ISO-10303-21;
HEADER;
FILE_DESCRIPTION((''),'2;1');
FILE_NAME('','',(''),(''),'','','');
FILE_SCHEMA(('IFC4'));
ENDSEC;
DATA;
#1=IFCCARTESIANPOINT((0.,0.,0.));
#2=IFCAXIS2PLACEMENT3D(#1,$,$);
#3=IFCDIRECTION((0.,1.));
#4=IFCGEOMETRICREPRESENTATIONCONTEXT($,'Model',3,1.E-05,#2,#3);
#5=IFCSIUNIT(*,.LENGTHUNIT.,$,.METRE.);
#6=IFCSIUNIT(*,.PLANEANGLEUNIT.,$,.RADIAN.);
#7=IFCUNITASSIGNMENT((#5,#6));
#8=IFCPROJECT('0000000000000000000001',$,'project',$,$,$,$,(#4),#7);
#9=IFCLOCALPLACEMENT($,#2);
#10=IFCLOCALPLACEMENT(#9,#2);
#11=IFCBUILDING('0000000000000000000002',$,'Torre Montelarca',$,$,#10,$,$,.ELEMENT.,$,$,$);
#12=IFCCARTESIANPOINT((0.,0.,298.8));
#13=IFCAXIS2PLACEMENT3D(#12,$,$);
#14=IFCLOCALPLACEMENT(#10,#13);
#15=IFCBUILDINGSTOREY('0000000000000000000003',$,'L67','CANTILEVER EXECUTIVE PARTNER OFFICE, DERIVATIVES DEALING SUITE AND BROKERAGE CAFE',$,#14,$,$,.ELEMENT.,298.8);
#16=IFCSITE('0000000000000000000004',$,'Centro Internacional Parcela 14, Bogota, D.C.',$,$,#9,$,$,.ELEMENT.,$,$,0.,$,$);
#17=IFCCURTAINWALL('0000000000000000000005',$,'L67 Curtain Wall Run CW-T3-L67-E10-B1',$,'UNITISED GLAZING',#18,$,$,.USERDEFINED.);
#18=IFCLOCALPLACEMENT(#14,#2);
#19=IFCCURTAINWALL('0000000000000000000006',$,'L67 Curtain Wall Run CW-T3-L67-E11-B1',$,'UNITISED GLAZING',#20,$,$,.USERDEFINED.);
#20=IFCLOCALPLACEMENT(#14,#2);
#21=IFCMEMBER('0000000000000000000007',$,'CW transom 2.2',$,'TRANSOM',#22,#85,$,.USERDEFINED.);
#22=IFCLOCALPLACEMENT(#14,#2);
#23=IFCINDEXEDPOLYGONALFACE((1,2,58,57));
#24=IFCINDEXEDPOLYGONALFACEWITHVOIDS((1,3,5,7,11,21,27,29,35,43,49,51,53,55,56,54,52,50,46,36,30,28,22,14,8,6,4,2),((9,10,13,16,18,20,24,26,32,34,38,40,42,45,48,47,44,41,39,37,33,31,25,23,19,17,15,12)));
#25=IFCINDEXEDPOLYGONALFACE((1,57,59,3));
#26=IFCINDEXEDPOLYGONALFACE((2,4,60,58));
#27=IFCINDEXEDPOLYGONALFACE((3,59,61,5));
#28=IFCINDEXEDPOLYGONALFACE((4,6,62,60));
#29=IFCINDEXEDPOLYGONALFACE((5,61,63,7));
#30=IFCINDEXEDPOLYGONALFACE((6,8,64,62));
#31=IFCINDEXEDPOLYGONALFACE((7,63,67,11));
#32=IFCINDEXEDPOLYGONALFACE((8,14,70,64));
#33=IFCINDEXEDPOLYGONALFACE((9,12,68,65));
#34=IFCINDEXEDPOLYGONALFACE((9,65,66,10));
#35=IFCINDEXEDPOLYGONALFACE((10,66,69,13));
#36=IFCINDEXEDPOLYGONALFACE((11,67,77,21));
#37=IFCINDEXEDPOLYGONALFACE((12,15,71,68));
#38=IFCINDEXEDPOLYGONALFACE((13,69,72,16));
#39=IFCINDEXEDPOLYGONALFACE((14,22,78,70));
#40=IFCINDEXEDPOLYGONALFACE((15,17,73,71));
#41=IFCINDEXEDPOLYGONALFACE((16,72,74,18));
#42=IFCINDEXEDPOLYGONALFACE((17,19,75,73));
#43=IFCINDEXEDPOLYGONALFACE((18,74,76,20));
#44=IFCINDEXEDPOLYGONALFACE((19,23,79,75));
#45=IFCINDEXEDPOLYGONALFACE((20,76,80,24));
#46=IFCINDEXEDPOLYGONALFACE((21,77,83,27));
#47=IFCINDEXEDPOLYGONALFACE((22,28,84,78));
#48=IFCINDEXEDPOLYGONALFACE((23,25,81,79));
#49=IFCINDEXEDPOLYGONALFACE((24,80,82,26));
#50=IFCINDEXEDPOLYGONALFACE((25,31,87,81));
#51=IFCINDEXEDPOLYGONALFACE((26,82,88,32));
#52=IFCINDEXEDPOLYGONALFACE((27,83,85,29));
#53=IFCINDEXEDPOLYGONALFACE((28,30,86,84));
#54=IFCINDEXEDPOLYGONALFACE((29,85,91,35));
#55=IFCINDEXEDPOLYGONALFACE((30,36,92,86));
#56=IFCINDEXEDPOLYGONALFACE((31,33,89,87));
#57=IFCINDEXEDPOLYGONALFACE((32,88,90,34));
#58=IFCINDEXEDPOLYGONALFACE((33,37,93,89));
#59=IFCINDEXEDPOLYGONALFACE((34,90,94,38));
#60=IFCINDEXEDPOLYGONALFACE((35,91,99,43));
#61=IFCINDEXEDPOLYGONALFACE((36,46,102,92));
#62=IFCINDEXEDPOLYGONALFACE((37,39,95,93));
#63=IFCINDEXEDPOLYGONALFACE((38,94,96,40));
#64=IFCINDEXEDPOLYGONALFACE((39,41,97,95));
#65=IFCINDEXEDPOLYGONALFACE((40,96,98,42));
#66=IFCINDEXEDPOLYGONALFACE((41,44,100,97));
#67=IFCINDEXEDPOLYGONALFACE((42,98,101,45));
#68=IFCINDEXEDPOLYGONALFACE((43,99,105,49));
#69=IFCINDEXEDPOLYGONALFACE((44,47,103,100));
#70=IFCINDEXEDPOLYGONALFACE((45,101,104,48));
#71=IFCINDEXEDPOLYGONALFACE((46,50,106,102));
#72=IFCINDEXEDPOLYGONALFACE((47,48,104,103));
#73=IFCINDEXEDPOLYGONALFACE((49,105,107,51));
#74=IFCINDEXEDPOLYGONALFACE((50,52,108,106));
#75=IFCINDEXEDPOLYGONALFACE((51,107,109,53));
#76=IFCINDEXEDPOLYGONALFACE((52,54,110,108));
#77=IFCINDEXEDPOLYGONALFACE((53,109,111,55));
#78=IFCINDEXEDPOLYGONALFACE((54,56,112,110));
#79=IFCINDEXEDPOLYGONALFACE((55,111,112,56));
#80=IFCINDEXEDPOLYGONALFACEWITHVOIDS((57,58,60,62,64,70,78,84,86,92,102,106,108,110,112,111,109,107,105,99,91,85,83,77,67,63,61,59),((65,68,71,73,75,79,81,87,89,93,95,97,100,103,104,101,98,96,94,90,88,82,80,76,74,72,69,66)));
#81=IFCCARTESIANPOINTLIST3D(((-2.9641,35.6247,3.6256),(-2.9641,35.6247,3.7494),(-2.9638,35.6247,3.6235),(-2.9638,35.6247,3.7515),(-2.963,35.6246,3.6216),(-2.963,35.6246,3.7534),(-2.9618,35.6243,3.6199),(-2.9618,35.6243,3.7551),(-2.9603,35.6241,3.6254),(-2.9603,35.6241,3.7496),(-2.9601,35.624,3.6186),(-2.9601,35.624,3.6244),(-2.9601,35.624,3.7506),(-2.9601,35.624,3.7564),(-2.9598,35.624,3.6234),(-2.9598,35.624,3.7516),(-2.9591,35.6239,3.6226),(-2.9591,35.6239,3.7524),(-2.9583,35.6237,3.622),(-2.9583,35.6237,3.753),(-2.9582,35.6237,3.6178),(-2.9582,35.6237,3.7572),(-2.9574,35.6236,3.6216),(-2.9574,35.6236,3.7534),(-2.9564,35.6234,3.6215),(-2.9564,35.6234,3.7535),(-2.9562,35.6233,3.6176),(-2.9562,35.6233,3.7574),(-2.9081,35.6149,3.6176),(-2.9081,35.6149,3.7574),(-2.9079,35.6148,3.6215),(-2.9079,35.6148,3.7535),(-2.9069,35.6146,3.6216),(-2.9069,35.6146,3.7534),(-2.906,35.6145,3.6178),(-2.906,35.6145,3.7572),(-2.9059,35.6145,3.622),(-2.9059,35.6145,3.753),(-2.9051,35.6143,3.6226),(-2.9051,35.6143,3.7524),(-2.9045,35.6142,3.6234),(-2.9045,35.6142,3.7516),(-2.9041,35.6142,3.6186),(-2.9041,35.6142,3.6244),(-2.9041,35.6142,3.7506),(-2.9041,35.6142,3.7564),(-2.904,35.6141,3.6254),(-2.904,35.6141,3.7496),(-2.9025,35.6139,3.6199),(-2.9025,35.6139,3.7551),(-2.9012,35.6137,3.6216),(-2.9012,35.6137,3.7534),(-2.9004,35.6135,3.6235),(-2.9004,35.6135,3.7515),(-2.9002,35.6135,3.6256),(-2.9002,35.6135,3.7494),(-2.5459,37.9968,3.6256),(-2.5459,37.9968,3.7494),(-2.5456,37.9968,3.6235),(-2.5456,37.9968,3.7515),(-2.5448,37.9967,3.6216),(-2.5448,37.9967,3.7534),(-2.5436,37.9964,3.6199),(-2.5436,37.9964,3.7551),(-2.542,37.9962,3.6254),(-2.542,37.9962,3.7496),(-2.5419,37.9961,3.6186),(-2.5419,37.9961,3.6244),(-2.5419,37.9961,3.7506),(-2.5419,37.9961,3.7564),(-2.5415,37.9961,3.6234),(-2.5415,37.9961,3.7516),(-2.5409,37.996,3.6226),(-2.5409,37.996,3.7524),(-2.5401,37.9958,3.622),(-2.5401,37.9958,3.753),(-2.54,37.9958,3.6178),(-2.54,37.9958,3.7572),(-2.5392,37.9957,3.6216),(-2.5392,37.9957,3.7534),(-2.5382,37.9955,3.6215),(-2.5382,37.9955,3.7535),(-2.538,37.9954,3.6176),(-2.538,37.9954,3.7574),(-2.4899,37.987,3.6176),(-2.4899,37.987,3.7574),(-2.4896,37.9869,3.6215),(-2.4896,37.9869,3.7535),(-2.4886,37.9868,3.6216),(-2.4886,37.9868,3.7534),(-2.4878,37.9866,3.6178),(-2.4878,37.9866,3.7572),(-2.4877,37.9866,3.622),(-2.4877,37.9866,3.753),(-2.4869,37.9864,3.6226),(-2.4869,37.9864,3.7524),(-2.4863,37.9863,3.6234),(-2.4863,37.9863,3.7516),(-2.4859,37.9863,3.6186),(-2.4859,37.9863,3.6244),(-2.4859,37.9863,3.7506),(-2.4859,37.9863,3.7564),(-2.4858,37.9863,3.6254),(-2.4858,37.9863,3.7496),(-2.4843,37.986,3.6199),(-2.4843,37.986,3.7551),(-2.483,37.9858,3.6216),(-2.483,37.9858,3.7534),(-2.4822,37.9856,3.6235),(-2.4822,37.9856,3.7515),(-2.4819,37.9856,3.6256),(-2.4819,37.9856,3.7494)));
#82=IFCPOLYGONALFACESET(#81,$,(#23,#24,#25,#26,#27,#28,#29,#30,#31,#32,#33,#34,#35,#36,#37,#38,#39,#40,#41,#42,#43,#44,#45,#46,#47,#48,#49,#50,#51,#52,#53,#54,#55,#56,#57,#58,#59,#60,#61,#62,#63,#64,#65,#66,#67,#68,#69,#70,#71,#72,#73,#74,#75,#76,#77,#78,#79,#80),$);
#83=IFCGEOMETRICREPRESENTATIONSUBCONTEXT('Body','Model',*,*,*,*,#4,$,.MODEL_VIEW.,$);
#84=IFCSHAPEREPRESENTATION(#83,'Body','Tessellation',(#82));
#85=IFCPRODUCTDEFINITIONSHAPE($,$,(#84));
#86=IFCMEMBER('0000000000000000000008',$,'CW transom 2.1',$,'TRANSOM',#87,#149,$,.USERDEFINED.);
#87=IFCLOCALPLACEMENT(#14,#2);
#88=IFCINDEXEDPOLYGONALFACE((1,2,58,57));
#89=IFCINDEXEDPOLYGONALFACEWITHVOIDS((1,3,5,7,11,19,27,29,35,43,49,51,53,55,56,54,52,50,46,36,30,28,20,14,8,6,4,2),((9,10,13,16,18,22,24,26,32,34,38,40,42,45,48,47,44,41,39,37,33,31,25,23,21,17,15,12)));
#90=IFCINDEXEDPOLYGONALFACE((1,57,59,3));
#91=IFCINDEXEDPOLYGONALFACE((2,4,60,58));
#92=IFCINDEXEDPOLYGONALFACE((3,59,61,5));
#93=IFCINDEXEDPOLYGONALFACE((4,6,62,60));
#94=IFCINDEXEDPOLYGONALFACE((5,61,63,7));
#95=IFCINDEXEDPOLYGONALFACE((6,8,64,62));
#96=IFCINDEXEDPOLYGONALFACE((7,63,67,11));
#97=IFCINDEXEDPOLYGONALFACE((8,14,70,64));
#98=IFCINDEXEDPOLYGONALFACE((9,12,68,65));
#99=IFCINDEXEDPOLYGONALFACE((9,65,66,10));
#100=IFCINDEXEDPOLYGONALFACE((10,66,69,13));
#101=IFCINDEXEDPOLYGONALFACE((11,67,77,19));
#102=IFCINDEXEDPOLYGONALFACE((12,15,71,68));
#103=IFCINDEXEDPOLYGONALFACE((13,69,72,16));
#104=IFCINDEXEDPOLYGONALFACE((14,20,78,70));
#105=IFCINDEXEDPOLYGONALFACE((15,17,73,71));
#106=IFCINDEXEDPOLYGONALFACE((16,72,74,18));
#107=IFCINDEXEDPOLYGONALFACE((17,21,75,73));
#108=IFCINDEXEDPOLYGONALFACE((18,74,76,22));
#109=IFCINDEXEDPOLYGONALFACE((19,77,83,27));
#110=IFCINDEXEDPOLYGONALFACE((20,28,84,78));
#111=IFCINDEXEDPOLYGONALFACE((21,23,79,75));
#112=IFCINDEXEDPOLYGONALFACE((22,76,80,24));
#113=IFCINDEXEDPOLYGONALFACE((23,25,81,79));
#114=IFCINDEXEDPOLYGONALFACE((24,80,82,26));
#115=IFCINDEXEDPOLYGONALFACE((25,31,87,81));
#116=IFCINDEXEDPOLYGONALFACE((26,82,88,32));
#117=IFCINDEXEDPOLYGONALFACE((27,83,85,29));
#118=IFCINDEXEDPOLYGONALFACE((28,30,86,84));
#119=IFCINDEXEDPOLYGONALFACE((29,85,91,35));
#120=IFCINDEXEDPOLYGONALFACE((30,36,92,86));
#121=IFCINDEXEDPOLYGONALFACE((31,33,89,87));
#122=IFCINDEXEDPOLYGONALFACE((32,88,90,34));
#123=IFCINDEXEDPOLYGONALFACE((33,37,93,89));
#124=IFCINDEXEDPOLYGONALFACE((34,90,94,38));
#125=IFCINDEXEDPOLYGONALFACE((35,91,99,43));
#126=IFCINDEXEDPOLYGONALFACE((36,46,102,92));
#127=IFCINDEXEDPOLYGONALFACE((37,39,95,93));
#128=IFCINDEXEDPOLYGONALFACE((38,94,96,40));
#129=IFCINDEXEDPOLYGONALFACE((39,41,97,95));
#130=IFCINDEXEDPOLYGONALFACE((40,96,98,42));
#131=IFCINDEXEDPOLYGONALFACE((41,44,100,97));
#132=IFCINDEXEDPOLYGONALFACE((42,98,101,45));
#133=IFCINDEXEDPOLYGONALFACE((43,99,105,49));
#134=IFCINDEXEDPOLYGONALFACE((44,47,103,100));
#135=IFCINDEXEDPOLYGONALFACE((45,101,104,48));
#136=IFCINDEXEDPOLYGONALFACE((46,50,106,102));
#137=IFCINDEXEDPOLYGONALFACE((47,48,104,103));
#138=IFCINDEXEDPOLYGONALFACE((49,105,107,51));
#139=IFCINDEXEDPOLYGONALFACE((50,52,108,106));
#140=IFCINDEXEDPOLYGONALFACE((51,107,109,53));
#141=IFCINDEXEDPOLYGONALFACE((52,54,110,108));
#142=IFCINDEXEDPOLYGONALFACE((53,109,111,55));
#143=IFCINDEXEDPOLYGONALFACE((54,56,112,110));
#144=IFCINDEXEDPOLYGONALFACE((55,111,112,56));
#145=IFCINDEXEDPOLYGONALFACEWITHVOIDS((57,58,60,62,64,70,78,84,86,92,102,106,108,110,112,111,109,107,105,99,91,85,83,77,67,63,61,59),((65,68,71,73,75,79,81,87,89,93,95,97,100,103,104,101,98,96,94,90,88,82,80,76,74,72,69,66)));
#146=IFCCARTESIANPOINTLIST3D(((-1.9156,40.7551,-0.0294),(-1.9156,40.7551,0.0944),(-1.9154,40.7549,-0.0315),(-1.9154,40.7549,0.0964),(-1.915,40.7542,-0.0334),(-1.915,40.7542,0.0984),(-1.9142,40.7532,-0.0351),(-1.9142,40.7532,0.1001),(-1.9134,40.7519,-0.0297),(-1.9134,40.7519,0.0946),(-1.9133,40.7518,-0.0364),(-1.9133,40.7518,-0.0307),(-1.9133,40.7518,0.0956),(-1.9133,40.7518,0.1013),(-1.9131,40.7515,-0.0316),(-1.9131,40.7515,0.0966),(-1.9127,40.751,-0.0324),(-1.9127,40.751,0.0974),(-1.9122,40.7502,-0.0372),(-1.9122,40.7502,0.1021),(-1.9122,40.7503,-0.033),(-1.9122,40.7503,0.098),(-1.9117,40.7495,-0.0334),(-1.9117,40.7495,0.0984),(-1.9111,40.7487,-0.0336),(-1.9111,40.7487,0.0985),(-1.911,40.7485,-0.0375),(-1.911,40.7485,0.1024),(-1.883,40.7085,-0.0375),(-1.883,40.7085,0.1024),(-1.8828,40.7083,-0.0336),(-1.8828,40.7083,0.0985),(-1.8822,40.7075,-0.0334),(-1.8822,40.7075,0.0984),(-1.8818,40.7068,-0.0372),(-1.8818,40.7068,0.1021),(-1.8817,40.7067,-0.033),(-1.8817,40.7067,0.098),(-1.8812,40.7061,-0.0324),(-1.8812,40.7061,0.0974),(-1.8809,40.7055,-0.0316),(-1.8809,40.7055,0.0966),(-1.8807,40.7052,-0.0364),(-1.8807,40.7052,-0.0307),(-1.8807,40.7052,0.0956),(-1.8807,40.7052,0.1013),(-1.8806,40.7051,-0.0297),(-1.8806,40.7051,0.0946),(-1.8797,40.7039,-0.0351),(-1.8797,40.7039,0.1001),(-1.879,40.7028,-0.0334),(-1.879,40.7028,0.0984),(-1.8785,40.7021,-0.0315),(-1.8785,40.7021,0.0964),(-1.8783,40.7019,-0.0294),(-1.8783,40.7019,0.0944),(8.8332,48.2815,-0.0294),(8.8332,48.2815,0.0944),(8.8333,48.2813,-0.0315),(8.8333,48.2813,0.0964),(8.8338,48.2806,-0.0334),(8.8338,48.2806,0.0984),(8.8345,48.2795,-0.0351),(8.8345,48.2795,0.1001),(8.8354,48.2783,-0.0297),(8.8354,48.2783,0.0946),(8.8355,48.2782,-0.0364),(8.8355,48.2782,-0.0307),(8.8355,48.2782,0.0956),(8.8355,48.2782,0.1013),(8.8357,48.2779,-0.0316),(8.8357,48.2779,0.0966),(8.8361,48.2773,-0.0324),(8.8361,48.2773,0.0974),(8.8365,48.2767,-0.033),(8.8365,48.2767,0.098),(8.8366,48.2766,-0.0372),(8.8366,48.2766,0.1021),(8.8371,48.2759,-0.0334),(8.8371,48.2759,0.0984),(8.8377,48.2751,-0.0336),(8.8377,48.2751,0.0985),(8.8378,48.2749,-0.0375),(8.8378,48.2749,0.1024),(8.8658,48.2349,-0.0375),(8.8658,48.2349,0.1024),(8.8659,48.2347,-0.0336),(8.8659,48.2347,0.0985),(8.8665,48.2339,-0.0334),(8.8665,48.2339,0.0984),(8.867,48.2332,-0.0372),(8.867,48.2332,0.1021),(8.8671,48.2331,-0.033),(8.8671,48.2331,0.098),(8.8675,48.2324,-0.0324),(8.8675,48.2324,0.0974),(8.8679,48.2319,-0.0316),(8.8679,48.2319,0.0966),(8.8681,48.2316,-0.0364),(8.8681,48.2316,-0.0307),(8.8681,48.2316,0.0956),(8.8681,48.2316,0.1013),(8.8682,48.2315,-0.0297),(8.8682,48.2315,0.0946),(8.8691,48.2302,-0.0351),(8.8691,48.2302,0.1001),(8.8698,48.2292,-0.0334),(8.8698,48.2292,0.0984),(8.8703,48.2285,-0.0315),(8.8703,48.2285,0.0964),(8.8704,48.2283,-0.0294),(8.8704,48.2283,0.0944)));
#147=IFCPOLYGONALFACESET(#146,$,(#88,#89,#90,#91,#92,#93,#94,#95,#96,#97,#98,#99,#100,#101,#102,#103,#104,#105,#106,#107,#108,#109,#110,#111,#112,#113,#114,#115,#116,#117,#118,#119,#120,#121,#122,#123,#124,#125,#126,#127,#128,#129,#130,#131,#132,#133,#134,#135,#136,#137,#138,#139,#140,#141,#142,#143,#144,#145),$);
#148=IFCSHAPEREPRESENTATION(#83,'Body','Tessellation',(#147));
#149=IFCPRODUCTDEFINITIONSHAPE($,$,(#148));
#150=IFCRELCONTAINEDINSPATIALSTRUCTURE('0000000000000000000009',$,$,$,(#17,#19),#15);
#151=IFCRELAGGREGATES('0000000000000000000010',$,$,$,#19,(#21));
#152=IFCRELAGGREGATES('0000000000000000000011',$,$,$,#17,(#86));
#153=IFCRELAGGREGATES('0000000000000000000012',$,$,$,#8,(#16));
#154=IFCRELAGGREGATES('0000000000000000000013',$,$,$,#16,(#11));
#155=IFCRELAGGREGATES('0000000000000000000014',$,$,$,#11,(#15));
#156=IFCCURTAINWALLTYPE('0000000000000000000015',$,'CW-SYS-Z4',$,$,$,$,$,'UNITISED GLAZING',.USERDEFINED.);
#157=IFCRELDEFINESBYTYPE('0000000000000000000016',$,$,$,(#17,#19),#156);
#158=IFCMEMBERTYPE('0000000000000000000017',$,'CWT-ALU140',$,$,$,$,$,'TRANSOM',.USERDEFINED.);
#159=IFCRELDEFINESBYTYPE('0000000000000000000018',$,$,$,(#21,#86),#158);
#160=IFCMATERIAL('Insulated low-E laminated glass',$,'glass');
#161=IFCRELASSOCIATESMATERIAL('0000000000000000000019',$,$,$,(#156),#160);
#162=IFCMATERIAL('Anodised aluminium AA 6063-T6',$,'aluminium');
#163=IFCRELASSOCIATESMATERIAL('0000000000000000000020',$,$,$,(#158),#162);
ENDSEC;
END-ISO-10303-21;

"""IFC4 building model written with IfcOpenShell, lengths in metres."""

from ifc_helpers import new_model, si_unit, direction, frame, origin, origin_2d, place, context, subcontext, project, spatial, hollow_rectangle, extrude, source, transform, mapped, material, material_profile, profile_set, type_object, element, aggregate, save


model = new_model("IFC4")

# Units and contexts
model_context = context("Model", 3, precision=1e-05, world=origin(), true_north=direction((0.0, 1.0)))
body_context = subcontext(model_context, "Body", "Model", "MODEL_VIEW")
ifc_project = project(units=[si_unit("LENGTHUNIT", "METRE"), si_unit("PLANEANGLEUNIT", "RADIAN")], contexts=[model_context])

# Site, building, storey
site_placement = place(None, origin())
site = spatial("IfcSite", under=ifc_project, at=site_placement, Name="Centro Internacional Parcela 14, Bogota, D.C.", CompositionType="ELEMENT", RefElevation=0.0)
building_placement = place(site_placement, origin())
building = spatial("IfcBuilding", under=site, at=building_placement, Name="Torre Montelarca", CompositionType="ELEMENT")
storey_placement = place(building_placement, frame((0.0, 0.0, 298.8)))
storey = spatial("IfcBuildingStorey", under=building, at=storey_placement, Name="L67", Description="CANTILEVER EXECUTIVE PARTNER OFFICE, DERIVATIVES DEALING SUITE AND BROKERAGE CAFE", CompositionType="ELEMENT", Elevation=298.8)

# Curtain walls, member
ifc_material_1 = material(Name="Insulated low-E laminated glass", Category="glass")
curtain_wall_type = type_object("IfcCurtainWallType", Name="CW-SYS-Z4", ElementType="UNITISED GLAZING", PredefinedType="USERDEFINED", material=ifc_material_1)
curtain_wall_1_placement = place(storey_placement, origin())
curtain_wall_1 = element("IfcCurtainWall", 1, at=curtain_wall_1_placement, inside=storey, type_object=curtain_wall_type, Name="L67 Curtain Wall Run CW-T3-L67-E10-B1", ObjectType="UNITISED GLAZING", PredefinedType="USERDEFINED")
ifc_material_2 = material(Name="Anodised aluminium AA 6063-T6", Category="aluminium")
curtain_wall_2_placement = place(storey_placement, origin())
curtain_wall_2 = element("IfcCurtainWall", 2, at=curtain_wall_2_placement, inside=storey, type_object=curtain_wall_type, Name="L67 Curtain Wall Run CW-T3-L67-E11-B1", ObjectType="UNITISED GLAZING", PredefinedType="USERDEFINED")
ifc_material_profile_1 = material_profile(ifc_material_2, hollow_rectangle(XDim=0.0649, YDim=0.1399, WallThickness=0.0039, InnerFilletRadius=0.0039, OuterFilletRadius=0.0081, at=origin_2d()), Name="ALU65X140X4", Category="aluminium")
ifc_profile_set_1 = profile_set([ifc_material_profile_1], Name="Anodised aluminium AA 6063-T6")
member_type_1 = type_object("IfcMemberType", Name="CWT-ALU140", ElementType="TRANSOM", PredefinedType="USERDEFINED", material=ifc_profile_set_1)
shared_shape_1 = source(origin(), body_context, "Body", "SweptSolid", [
    extrude(hollow_rectangle(XDim=0.0649, YDim=0.1399, WallThickness=0.0039, InnerFilletRadius=0.0039, OuterFilletRadius=0.0081, at=origin_2d()), origin(), (0.0, 0.0, 1.0), 2.4087),
])
member_1_placement = place(storey_placement, frame((-2.5139, 37.9912, 3.6875), z_axis=(-0.173629, -0.984811, 0.0), x_axis=(0.984811, -0.173629, 0.0)))
member_1 = element("IfcMember", 3, at=member_1_placement, type_object=member_type_1, Name="CW transom 2.2", ObjectType="TRANSOM", PredefinedType="USERDEFINED", context=body_context, shape_type="MappedRepresentation", body=[
    mapped(shared_shape_1, transform((0.0, 0.0, 0.0), scale=1.0)),
])

# Member
shared_shape_2 = source(origin(), body_context, "Body", "SweptSolid", [
    extrude(hollow_rectangle(XDim=0.0649, YDim=0.1399, WallThickness=0.0039, InnerFilletRadius=0.0039, OuterFilletRadius=0.0081, at=origin_2d()), origin(), (0.0, 0.0, 1.0), 13.1218),
])
member_2_placement = place(storey_placement, frame((8.8518, 48.2549, 0.0325), z_axis=(-0.819152, -0.573576, 0.0), x_axis=(0.573576, -0.819152, 0.0)))
member_2 = element("IfcMember", 4, at=member_2_placement, type_object=member_type_1, Name="CW transom 2.1", ObjectType="TRANSOM", PredefinedType="USERDEFINED", context=body_context, shape_type="MappedRepresentation", body=[
    mapped(shared_shape_2, transform((0.0, 0.0, 0.0), scale=1.0)),
])

aggregate(curtain_wall_2, [member_1])
aggregate(curtain_wall_1, [member_2])

save(model, "model.ifc")
